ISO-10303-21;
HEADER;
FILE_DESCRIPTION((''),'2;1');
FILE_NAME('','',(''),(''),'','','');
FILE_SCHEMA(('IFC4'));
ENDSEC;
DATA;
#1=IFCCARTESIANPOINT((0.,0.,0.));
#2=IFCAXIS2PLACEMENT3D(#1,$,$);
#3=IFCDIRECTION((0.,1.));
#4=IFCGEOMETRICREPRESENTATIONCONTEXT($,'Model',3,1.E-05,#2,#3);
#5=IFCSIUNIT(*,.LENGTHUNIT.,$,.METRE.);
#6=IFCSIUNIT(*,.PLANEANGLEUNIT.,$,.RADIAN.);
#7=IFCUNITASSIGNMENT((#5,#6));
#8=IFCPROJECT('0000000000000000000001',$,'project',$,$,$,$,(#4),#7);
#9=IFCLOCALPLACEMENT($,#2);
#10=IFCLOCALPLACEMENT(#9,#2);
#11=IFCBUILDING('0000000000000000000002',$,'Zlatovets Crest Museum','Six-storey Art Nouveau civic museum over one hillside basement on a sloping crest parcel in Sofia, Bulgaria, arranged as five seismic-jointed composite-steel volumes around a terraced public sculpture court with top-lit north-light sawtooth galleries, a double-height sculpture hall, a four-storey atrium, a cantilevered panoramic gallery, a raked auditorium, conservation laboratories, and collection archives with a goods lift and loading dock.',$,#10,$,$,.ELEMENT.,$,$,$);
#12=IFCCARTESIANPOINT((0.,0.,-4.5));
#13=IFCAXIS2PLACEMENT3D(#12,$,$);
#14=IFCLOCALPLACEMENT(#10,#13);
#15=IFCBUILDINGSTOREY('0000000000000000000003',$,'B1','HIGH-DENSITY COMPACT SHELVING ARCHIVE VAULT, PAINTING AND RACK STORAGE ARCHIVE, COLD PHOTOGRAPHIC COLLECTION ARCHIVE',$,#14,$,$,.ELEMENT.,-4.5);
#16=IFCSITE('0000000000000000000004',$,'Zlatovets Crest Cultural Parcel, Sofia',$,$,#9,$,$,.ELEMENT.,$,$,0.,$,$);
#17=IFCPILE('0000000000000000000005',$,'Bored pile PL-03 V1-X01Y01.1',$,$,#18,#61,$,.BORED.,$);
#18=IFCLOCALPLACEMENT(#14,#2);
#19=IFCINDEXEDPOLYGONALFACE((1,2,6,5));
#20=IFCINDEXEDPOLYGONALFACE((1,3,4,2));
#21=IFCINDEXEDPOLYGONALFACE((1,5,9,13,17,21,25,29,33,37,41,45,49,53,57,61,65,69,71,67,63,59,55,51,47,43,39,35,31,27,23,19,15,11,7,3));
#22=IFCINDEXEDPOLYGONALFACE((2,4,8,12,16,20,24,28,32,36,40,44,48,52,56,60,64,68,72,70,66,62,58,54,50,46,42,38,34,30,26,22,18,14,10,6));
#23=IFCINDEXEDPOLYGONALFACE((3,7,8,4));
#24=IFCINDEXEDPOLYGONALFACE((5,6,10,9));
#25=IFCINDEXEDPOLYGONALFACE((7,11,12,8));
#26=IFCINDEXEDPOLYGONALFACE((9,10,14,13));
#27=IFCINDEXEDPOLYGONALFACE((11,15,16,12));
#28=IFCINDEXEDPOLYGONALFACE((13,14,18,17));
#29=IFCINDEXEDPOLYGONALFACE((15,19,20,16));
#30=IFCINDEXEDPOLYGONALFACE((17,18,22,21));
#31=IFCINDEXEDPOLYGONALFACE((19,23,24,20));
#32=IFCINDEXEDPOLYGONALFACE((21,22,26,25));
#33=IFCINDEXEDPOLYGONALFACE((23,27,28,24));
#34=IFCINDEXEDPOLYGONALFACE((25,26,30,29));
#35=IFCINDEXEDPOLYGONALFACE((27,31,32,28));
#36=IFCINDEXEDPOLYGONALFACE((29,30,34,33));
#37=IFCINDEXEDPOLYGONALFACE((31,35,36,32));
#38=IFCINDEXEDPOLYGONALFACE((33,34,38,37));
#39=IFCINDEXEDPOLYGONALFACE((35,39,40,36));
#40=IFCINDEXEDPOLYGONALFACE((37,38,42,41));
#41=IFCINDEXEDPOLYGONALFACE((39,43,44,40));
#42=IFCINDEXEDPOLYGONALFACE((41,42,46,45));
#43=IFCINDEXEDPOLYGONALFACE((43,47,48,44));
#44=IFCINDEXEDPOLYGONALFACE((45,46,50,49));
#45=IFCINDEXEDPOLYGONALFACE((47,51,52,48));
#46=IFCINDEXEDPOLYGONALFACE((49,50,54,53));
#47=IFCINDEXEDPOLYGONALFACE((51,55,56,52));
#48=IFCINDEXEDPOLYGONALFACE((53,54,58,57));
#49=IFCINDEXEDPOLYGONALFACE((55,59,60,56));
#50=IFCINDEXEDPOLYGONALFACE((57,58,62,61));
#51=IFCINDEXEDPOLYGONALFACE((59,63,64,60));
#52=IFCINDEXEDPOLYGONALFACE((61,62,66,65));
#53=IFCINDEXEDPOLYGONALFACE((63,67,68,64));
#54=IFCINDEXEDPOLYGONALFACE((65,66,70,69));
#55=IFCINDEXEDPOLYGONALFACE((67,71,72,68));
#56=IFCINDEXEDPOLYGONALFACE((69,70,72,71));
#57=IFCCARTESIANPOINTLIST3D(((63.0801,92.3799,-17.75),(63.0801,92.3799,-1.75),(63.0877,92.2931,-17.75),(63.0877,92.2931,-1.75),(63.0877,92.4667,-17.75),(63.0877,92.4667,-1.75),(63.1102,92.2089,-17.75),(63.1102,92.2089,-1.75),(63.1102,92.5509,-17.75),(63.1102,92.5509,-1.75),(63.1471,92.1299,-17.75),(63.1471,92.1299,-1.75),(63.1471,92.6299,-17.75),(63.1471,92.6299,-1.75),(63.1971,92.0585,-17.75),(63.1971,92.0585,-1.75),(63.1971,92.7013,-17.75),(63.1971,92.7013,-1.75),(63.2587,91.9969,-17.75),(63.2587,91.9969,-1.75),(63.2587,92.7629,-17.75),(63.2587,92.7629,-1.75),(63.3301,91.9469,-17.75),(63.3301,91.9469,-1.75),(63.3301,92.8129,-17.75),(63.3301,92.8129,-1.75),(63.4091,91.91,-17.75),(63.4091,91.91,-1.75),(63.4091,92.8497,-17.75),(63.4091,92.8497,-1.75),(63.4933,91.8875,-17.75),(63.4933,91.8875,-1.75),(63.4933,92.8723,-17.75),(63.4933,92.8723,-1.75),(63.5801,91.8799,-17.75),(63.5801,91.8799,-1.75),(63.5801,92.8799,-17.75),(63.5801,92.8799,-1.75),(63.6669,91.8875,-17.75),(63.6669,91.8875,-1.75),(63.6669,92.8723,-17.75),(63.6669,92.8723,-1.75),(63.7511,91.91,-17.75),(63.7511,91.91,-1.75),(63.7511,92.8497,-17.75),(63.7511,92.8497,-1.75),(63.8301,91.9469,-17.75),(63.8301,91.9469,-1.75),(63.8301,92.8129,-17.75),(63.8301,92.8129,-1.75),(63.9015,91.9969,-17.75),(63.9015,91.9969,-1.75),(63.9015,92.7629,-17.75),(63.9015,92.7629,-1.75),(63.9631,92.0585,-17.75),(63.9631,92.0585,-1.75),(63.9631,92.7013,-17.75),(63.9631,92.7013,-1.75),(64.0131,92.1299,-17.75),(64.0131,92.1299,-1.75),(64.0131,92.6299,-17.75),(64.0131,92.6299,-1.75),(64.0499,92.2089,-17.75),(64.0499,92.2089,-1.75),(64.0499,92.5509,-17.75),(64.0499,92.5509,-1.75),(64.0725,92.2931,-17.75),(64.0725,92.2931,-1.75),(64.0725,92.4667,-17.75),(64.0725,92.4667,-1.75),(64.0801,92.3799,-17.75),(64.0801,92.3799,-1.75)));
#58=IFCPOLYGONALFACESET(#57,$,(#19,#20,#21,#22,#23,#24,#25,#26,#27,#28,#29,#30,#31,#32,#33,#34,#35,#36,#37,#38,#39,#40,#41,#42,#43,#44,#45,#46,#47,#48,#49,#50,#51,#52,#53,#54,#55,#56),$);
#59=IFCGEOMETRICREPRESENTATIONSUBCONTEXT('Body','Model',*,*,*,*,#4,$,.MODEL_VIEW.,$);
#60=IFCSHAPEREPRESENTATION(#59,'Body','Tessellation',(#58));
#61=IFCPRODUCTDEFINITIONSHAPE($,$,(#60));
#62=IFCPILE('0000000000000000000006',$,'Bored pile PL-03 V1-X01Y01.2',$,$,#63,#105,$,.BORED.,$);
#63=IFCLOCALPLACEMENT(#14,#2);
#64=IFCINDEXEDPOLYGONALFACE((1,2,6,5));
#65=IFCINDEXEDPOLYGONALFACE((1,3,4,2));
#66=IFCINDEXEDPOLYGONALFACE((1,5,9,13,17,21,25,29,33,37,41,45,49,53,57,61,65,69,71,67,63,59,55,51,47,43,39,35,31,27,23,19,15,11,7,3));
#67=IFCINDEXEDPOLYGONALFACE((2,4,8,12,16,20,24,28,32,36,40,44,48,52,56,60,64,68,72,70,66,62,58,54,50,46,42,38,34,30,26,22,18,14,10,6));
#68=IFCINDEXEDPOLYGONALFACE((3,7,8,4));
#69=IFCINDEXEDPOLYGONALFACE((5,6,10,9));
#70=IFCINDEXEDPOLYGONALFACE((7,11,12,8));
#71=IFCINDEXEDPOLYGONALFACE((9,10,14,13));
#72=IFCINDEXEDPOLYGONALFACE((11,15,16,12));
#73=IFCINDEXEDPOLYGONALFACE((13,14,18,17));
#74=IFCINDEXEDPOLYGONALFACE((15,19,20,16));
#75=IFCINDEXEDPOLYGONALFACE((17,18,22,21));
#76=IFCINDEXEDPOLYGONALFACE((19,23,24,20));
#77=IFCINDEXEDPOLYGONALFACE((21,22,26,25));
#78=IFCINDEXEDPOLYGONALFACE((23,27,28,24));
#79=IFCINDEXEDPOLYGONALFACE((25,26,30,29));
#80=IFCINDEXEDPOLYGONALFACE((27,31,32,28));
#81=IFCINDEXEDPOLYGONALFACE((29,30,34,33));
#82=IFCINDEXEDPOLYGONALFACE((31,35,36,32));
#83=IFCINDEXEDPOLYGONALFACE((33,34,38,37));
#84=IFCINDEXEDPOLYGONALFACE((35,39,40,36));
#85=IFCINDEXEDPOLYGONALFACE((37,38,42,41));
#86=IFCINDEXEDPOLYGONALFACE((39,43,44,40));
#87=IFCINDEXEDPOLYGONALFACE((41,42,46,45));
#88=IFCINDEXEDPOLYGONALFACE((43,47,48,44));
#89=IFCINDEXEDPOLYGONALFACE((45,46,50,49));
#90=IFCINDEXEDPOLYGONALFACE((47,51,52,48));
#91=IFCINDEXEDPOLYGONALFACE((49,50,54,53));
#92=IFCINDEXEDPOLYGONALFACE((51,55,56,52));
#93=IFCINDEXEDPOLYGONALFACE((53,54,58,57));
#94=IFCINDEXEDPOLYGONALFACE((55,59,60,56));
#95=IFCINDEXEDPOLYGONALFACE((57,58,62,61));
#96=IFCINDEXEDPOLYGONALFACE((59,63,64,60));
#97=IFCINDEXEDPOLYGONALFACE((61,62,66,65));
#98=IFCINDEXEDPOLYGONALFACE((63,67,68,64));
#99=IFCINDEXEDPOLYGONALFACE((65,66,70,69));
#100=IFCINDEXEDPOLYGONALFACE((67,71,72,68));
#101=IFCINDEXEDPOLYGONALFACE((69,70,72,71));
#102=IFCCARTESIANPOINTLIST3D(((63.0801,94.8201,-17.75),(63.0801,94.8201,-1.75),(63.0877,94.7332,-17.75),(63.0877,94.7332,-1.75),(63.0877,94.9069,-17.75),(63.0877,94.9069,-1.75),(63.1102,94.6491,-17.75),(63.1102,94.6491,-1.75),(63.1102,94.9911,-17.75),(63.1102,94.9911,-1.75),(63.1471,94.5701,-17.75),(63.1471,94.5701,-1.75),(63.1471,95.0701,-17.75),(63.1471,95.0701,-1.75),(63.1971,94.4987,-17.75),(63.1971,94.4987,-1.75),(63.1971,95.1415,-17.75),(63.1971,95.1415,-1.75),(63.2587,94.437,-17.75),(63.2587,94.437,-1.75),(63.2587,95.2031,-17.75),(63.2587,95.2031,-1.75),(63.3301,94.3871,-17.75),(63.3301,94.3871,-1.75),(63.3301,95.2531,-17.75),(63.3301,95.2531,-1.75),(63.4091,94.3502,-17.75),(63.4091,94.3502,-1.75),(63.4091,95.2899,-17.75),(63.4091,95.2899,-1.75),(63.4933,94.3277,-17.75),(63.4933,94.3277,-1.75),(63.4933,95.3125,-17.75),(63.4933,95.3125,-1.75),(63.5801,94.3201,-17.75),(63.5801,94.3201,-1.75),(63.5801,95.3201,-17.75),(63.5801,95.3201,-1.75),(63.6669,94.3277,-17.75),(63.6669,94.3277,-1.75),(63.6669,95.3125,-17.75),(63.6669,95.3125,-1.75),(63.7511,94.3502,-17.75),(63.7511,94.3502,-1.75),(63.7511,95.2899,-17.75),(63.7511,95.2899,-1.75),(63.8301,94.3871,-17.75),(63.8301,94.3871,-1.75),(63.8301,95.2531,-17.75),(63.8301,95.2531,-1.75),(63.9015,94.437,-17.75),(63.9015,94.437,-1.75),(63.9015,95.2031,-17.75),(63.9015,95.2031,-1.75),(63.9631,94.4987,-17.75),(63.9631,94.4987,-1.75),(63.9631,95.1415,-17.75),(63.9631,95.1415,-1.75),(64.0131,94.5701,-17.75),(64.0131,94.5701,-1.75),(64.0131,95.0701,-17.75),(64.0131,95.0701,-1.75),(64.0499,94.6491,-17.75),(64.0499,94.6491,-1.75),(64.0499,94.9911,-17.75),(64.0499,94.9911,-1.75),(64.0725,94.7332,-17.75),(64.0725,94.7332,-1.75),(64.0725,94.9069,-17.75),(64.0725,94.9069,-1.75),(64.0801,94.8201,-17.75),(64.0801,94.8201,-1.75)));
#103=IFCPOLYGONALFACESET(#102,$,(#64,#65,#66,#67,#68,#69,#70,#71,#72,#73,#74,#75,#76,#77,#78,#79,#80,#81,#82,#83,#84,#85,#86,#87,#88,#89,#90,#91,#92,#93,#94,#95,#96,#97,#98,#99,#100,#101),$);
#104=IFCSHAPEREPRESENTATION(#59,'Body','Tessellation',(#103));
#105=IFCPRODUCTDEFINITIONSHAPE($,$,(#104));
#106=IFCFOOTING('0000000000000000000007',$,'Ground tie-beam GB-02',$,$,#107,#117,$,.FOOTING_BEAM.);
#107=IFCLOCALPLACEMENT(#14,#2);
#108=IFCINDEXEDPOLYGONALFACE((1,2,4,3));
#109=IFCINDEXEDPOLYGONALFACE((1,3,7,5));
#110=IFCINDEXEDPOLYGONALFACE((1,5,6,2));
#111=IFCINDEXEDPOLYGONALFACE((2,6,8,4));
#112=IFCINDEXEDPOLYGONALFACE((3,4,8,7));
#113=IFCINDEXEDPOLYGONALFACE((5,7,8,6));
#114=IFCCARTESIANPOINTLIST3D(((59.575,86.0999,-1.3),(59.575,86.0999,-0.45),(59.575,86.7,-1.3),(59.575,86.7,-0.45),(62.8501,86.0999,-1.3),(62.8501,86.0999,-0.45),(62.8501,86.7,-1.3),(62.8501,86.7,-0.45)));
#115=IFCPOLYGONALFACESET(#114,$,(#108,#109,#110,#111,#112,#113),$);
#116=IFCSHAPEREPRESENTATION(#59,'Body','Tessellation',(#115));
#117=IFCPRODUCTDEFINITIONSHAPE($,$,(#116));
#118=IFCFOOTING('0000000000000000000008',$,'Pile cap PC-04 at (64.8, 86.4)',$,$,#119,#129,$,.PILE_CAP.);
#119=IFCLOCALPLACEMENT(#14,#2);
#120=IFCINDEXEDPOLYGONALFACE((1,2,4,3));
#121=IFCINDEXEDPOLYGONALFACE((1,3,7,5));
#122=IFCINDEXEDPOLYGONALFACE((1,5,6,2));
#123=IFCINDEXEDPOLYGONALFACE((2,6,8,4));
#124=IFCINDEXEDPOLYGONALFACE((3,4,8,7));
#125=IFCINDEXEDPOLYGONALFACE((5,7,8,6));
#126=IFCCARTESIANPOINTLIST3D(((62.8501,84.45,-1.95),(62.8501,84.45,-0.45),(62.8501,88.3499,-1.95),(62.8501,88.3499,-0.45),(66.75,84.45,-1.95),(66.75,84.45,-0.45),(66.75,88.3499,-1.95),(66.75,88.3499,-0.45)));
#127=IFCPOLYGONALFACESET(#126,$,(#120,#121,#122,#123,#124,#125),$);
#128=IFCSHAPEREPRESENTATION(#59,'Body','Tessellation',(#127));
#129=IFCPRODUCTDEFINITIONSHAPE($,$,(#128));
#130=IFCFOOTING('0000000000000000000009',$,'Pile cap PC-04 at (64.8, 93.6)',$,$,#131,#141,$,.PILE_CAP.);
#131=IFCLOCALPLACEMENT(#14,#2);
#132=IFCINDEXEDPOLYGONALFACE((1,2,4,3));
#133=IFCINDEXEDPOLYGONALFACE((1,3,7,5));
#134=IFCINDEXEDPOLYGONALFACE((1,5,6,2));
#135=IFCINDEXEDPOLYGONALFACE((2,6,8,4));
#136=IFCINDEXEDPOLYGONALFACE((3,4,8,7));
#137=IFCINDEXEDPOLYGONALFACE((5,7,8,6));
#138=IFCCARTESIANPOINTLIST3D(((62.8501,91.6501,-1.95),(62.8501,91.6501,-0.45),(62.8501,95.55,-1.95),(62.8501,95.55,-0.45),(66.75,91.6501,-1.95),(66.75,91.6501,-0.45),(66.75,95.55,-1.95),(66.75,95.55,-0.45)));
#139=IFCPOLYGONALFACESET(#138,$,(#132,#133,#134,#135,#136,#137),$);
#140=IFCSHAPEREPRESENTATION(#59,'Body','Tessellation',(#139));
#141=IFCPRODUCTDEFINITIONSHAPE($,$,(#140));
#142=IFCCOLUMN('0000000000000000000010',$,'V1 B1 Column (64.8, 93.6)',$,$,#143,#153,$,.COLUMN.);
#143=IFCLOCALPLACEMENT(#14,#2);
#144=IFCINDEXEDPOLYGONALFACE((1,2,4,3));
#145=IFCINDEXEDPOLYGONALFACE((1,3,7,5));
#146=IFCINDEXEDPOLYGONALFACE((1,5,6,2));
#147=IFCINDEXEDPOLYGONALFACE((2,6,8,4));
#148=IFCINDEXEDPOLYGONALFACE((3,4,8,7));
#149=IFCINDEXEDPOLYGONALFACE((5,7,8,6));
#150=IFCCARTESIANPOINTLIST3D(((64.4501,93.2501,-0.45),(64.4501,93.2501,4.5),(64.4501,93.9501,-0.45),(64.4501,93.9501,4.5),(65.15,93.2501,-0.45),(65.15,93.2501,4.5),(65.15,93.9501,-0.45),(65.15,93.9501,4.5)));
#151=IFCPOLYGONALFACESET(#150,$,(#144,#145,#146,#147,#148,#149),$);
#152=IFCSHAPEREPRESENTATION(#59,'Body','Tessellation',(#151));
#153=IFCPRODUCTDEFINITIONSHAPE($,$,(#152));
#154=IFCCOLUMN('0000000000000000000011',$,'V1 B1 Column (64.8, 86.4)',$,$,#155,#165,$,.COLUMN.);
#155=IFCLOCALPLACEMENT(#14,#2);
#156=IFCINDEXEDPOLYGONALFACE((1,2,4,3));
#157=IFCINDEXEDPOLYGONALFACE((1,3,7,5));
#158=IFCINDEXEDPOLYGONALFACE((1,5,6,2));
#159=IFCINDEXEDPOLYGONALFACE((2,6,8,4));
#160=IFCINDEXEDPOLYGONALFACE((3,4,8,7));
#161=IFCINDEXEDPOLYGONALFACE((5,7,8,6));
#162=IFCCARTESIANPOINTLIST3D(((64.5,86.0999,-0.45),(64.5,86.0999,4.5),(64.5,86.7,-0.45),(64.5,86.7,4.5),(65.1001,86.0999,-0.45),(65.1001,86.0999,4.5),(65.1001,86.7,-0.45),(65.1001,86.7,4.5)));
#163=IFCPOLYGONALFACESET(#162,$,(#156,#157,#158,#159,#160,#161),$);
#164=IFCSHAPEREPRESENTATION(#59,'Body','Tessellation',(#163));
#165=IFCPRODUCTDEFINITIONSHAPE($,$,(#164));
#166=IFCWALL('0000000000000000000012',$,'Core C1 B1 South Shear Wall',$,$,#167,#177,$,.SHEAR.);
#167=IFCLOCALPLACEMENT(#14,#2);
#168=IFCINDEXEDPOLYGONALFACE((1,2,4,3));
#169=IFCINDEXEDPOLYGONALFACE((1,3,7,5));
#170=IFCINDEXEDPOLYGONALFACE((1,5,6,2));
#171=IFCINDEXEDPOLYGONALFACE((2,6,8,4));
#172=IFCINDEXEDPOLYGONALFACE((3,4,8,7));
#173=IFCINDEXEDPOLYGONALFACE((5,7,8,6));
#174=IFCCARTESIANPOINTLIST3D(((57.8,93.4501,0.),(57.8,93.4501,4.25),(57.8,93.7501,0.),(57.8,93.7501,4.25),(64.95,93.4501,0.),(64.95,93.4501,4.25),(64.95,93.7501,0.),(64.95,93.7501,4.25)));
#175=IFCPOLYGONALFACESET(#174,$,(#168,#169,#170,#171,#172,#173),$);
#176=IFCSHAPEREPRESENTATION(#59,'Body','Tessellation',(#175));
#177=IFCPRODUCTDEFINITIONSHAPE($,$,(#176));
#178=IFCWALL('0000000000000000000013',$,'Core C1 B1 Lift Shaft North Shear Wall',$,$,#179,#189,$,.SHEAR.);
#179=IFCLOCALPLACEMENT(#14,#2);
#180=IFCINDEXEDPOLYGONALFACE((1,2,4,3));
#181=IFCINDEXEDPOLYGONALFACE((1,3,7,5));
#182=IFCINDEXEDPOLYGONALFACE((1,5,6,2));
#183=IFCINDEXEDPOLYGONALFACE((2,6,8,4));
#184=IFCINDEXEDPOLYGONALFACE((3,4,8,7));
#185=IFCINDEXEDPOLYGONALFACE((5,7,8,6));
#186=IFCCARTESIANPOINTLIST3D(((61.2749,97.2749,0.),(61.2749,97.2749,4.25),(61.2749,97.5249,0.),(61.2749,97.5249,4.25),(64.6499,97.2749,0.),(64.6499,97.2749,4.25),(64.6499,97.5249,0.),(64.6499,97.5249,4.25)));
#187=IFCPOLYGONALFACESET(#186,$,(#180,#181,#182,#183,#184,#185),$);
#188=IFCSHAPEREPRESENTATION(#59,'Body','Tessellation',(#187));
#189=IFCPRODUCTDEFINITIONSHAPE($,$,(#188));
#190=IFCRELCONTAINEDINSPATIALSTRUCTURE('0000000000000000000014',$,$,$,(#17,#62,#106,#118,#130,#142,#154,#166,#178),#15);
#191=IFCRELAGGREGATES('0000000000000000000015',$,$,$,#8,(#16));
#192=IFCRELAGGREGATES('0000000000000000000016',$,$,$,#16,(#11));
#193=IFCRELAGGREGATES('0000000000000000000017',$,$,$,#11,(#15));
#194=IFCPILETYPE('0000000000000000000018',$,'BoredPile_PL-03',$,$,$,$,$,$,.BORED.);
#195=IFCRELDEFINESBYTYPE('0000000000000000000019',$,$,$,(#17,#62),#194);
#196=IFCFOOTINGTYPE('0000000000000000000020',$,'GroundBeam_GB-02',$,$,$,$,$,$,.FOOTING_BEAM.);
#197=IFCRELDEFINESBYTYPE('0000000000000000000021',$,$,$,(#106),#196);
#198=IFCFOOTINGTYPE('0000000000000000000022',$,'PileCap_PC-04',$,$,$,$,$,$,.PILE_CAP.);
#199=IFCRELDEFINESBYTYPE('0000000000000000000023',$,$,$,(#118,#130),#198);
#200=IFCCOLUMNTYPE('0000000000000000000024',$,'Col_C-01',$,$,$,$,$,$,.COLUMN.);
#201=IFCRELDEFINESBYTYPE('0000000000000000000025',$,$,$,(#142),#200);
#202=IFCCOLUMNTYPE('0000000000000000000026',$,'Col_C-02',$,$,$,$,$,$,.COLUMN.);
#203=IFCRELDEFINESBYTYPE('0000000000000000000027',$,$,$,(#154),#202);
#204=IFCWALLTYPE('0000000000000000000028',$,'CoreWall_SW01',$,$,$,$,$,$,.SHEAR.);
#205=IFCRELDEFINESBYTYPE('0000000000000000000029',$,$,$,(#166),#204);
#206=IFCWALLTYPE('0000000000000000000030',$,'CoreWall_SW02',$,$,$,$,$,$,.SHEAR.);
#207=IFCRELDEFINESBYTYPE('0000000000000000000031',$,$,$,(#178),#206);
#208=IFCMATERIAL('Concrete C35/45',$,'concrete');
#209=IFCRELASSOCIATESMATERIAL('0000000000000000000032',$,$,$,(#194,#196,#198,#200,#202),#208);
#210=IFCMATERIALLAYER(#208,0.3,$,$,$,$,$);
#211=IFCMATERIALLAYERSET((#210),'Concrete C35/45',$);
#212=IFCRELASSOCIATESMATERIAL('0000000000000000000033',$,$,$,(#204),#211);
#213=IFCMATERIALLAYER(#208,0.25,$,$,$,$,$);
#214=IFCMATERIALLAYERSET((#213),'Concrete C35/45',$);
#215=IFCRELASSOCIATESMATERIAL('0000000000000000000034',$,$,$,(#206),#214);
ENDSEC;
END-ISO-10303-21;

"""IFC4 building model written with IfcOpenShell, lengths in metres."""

from ifc_helpers import new_model, si_unit, direction, frame, frame_2d, origin, origin_2d, place, context, subcontext, project, spatial, rectangle, circle, extrude, material, layer, layer_set, material_profile, profile_set, type_object, element, save


model = new_model("IFC4")

# Units and contexts
model_context = context("Model", 3, precision=1e-05, world=origin(), true_north=direction((0.0, 1.0)))
body_context = subcontext(model_context, "Body", "Model", "MODEL_VIEW")
ifc_project = project(units=[si_unit("LENGTHUNIT", "METRE"), si_unit("PLANEANGLEUNIT", "RADIAN")], contexts=[model_context])

# Site, building, storey
site_placement = place(None, origin())
site = spatial("IfcSite", under=ifc_project, at=site_placement, Name="Zlatovets Crest Cultural Parcel, Sofia", CompositionType="ELEMENT", RefElevation=0.0)
building_placement = place(site_placement, origin())
building = spatial("IfcBuilding", under=site, at=building_placement, Name="Zlatovets Crest Museum", Description="Six-storey Art Nouveau civic museum over one hillside basement on a sloping crest parcel in Sofia, Bulgaria, arranged as five seismic-jointed composite-steel volumes around a terraced public sculpture court with top-lit north-light sawtooth galleries, a double-height sculpture hall, a four-storey atrium, a cantilevered panoramic gallery, a raked auditorium, conservation laboratories, and collection archives with a goods lift and loading dock.", CompositionType="ELEMENT")
storey_placement = place(building_placement, frame((0.0, 0.0, -4.5)))
storey = spatial("IfcBuildingStorey", under=building, at=storey_placement, Name="B1", Description="HIGH-DENSITY COMPACT SHELVING ARCHIVE VAULT, PAINTING AND RACK STORAGE ARCHIVE, COLD PHOTOGRAPHIC COLLECTION ARCHIVE", CompositionType="ELEMENT", Elevation=-4.5)

# Piles
ifc_material_1 = material(Name="Concrete C35/45", Category="concrete")
ifc_material_profile_1 = material_profile(ifc_material_1, circle(Radius=0.5, at=origin_2d()), Name="PILE D1000")
ifc_profile_set_1 = profile_set([ifc_material_profile_1], Name="Concrete C35/45")
pile_type = type_object("IfcPileType", Name="BoredPile_PL-03", PredefinedType="BORED", material=ifc_profile_set_1)
for number, where, z_axis, x_axis, name in (
    (1, (63.5801, 92.3799, -1.75), (0.0, 0.0, -1.0), (1.0, 0.0, 0.0), "Bored pile PL-03 V1-X01Y01.1"),
    (2, (63.5801, 94.8201, -1.75), (0.0, 0.0, -1.0), (1.0, 0.0, 0.0), "Bored pile PL-03 V1-X01Y01.2"),
):
    element("IfcPile", number, at=place(storey_placement, frame(where, z_axis=z_axis, x_axis=x_axis)), inside=storey, type_object=pile_type, Name=name, PredefinedType="BORED", context=body_context, shape_type="SweptSolid", body=[
        extrude(circle(Radius=0.5, at=origin_2d()), origin(), (0.0, 0.0, 1.0), 16.0),
    ])

# Footings
ifc_material_profile_2 = material_profile(ifc_material_1, rectangle(XDim=0.6001, YDim=0.8501, at=origin_2d()), Name="RC 600x850")
ifc_profile_set_2 = profile_set([ifc_material_profile_2], Name="Concrete C35/45")
footing_type_1 = type_object("IfcFootingType", Name="GroundBeam_GB-02", PredefinedType="FOOTING_BEAM", material=ifc_profile_set_2)
footing_placement = place(storey_placement, frame((59.575, 86.3999, -0.875), z_axis=(1.0, 0.0, 0.0), x_axis=(0.0, 1.0, 0.0)))
element("IfcFooting", 3, at=footing_placement, inside=storey, type_object=footing_type_1, Name="Ground tie-beam GB-02", PredefinedType="FOOTING_BEAM", context=body_context, shape_type="SweptSolid", body=[
    extrude(rectangle(XDim=0.6001, YDim=0.8501, at=origin_2d()), origin(), (0.0, 0.0, 1.0), 3.2751),
])
footing_type_2 = type_object("IfcFootingType", Name="PileCap_PC-04", PredefinedType="PILE_CAP", material=ifc_material_1)
for number, where, z_axis, x_axis, name in (
    (4, (64.8, 86.3999, -1.95), (0.0, 0.0, 1.0), (1.0, 0.0, 0.0), "Pile cap PC-04 at (64.8, 86.4)"),
    (5, (64.8, 93.6001, -1.95), (0.0, 0.0, 1.0), (1.0, 0.0, 0.0), "Pile cap PC-04 at (64.8, 93.6)"),
):
    element("IfcFooting", number, at=place(storey_placement, frame(where, z_axis=z_axis, x_axis=x_axis)), inside=storey, type_object=footing_type_2, Name=name, PredefinedType="PILE_CAP", context=body_context, shape_type="SweptSolid", body=[
        extrude(rectangle(XDim=3.8999, YDim=3.8999, at=origin_2d()), origin(), (0.0, 0.0, 1.0), 1.5),
    ])

# Columns
ifc_material_profile_3 = material_profile(ifc_material_1, rectangle(XDim=0.7, YDim=0.7, at=origin_2d()), Name="RC 700x700")
ifc_profile_set_3 = profile_set([ifc_material_profile_3], Name="Concrete C35/45")
column_type_1 = type_object("IfcColumnType", Name="Col_C-01", PredefinedType="COLUMN", material=ifc_profile_set_3)
column_1_placement = place(storey_placement, frame((64.8, 93.6001, -0.45), z_axis=(0.0, 0.0, 1.0), x_axis=(1.0, 0.0, 0.0)))
element("IfcColumn", 6, at=column_1_placement, inside=storey, type_object=column_type_1, Name="V1 B1 Column (64.8, 93.6)", PredefinedType="COLUMN", context=body_context, shape_type="SweptSolid", body=[
    extrude(rectangle(XDim=0.7, YDim=0.7, at=origin_2d()), origin(), (0.0, 0.0, 1.0), 4.95),
])
ifc_material_profile_4 = material_profile(ifc_material_1, rectangle(XDim=0.6001, YDim=0.6001, at=origin_2d()), Name="RC 600x600")
ifc_profile_set_4 = profile_set([ifc_material_profile_4], Name="Concrete C35/45")
column_type_2 = type_object("IfcColumnType", Name="Col_C-02", PredefinedType="COLUMN", material=ifc_profile_set_4)
column_2_placement = place(storey_placement, frame((64.8, 86.3999, -0.45), z_axis=(0.0, 0.0, 1.0), x_axis=(0.0, 1.0, 0.0)))
element("IfcColumn", 7, at=column_2_placement, inside=storey, type_object=column_type_2, Name="V1 B1 Column (64.8, 86.4)", PredefinedType="COLUMN", context=body_context, shape_type="SweptSolid", body=[
    extrude(rectangle(XDim=0.6001, YDim=0.6001, at=origin_2d()), origin(), (0.0, 0.0, 1.0), 4.95),
])

# Wall
ifc_layer_1 = layer(ifc_material_1, 0.3)
ifc_layer_set_1 = layer_set([ifc_layer_1], Name="Concrete C35/45")
wall_type_1 = type_object("IfcWallType", Name="CoreWall_SW01", PredefinedType="SHEAR", material=ifc_layer_set_1)
wall_1_placement = place(storey_placement, frame((57.8, 93.6001, 0.0), z_axis=(0.0, 0.0, 1.0), x_axis=(1.0, 0.0, 0.0)))
element("IfcWall", 8, at=wall_1_placement, inside=storey, type_object=wall_type_1, Name="Core C1 B1 South Shear Wall", PredefinedType="SHEAR", context=body_context, shape_type="SweptSolid", body=[
    extrude(rectangle(XDim=7.1499, YDim=0.3, at=frame_2d((3.575, 0.0))), origin(), (0.0, 0.0, 1.0), 4.25),
])

# Shared definitions
ifc_layer_2 = layer(ifc_material_1, 0.25)
ifc_layer_set_2 = layer_set([ifc_layer_2], Name="Concrete C35/45")
wall_type_2 = type_object("IfcWallType", Name="CoreWall_SW02", PredefinedType="SHEAR", material=ifc_layer_set_2)

# Wall
wall_2_placement = place(storey_placement, frame((61.2749, 97.3999, 0.0), z_axis=(0.0, 0.0, 1.0), x_axis=(1.0, 0.0, 0.0)))
element("IfcWall", 9, at=wall_2_placement, inside=storey, type_object=wall_type_2, Name="Core C1 B1 Lift Shaft North Shear Wall", PredefinedType="SHEAR", context=body_context, shape_type="SweptSolid", body=[
    extrude(rectangle(XDim=3.375, YDim=0.25, at=frame_2d((1.6875, 0.0))), origin(), (0.0, 0.0, 1.0), 4.25),
])

save(model, "model.ifc")
